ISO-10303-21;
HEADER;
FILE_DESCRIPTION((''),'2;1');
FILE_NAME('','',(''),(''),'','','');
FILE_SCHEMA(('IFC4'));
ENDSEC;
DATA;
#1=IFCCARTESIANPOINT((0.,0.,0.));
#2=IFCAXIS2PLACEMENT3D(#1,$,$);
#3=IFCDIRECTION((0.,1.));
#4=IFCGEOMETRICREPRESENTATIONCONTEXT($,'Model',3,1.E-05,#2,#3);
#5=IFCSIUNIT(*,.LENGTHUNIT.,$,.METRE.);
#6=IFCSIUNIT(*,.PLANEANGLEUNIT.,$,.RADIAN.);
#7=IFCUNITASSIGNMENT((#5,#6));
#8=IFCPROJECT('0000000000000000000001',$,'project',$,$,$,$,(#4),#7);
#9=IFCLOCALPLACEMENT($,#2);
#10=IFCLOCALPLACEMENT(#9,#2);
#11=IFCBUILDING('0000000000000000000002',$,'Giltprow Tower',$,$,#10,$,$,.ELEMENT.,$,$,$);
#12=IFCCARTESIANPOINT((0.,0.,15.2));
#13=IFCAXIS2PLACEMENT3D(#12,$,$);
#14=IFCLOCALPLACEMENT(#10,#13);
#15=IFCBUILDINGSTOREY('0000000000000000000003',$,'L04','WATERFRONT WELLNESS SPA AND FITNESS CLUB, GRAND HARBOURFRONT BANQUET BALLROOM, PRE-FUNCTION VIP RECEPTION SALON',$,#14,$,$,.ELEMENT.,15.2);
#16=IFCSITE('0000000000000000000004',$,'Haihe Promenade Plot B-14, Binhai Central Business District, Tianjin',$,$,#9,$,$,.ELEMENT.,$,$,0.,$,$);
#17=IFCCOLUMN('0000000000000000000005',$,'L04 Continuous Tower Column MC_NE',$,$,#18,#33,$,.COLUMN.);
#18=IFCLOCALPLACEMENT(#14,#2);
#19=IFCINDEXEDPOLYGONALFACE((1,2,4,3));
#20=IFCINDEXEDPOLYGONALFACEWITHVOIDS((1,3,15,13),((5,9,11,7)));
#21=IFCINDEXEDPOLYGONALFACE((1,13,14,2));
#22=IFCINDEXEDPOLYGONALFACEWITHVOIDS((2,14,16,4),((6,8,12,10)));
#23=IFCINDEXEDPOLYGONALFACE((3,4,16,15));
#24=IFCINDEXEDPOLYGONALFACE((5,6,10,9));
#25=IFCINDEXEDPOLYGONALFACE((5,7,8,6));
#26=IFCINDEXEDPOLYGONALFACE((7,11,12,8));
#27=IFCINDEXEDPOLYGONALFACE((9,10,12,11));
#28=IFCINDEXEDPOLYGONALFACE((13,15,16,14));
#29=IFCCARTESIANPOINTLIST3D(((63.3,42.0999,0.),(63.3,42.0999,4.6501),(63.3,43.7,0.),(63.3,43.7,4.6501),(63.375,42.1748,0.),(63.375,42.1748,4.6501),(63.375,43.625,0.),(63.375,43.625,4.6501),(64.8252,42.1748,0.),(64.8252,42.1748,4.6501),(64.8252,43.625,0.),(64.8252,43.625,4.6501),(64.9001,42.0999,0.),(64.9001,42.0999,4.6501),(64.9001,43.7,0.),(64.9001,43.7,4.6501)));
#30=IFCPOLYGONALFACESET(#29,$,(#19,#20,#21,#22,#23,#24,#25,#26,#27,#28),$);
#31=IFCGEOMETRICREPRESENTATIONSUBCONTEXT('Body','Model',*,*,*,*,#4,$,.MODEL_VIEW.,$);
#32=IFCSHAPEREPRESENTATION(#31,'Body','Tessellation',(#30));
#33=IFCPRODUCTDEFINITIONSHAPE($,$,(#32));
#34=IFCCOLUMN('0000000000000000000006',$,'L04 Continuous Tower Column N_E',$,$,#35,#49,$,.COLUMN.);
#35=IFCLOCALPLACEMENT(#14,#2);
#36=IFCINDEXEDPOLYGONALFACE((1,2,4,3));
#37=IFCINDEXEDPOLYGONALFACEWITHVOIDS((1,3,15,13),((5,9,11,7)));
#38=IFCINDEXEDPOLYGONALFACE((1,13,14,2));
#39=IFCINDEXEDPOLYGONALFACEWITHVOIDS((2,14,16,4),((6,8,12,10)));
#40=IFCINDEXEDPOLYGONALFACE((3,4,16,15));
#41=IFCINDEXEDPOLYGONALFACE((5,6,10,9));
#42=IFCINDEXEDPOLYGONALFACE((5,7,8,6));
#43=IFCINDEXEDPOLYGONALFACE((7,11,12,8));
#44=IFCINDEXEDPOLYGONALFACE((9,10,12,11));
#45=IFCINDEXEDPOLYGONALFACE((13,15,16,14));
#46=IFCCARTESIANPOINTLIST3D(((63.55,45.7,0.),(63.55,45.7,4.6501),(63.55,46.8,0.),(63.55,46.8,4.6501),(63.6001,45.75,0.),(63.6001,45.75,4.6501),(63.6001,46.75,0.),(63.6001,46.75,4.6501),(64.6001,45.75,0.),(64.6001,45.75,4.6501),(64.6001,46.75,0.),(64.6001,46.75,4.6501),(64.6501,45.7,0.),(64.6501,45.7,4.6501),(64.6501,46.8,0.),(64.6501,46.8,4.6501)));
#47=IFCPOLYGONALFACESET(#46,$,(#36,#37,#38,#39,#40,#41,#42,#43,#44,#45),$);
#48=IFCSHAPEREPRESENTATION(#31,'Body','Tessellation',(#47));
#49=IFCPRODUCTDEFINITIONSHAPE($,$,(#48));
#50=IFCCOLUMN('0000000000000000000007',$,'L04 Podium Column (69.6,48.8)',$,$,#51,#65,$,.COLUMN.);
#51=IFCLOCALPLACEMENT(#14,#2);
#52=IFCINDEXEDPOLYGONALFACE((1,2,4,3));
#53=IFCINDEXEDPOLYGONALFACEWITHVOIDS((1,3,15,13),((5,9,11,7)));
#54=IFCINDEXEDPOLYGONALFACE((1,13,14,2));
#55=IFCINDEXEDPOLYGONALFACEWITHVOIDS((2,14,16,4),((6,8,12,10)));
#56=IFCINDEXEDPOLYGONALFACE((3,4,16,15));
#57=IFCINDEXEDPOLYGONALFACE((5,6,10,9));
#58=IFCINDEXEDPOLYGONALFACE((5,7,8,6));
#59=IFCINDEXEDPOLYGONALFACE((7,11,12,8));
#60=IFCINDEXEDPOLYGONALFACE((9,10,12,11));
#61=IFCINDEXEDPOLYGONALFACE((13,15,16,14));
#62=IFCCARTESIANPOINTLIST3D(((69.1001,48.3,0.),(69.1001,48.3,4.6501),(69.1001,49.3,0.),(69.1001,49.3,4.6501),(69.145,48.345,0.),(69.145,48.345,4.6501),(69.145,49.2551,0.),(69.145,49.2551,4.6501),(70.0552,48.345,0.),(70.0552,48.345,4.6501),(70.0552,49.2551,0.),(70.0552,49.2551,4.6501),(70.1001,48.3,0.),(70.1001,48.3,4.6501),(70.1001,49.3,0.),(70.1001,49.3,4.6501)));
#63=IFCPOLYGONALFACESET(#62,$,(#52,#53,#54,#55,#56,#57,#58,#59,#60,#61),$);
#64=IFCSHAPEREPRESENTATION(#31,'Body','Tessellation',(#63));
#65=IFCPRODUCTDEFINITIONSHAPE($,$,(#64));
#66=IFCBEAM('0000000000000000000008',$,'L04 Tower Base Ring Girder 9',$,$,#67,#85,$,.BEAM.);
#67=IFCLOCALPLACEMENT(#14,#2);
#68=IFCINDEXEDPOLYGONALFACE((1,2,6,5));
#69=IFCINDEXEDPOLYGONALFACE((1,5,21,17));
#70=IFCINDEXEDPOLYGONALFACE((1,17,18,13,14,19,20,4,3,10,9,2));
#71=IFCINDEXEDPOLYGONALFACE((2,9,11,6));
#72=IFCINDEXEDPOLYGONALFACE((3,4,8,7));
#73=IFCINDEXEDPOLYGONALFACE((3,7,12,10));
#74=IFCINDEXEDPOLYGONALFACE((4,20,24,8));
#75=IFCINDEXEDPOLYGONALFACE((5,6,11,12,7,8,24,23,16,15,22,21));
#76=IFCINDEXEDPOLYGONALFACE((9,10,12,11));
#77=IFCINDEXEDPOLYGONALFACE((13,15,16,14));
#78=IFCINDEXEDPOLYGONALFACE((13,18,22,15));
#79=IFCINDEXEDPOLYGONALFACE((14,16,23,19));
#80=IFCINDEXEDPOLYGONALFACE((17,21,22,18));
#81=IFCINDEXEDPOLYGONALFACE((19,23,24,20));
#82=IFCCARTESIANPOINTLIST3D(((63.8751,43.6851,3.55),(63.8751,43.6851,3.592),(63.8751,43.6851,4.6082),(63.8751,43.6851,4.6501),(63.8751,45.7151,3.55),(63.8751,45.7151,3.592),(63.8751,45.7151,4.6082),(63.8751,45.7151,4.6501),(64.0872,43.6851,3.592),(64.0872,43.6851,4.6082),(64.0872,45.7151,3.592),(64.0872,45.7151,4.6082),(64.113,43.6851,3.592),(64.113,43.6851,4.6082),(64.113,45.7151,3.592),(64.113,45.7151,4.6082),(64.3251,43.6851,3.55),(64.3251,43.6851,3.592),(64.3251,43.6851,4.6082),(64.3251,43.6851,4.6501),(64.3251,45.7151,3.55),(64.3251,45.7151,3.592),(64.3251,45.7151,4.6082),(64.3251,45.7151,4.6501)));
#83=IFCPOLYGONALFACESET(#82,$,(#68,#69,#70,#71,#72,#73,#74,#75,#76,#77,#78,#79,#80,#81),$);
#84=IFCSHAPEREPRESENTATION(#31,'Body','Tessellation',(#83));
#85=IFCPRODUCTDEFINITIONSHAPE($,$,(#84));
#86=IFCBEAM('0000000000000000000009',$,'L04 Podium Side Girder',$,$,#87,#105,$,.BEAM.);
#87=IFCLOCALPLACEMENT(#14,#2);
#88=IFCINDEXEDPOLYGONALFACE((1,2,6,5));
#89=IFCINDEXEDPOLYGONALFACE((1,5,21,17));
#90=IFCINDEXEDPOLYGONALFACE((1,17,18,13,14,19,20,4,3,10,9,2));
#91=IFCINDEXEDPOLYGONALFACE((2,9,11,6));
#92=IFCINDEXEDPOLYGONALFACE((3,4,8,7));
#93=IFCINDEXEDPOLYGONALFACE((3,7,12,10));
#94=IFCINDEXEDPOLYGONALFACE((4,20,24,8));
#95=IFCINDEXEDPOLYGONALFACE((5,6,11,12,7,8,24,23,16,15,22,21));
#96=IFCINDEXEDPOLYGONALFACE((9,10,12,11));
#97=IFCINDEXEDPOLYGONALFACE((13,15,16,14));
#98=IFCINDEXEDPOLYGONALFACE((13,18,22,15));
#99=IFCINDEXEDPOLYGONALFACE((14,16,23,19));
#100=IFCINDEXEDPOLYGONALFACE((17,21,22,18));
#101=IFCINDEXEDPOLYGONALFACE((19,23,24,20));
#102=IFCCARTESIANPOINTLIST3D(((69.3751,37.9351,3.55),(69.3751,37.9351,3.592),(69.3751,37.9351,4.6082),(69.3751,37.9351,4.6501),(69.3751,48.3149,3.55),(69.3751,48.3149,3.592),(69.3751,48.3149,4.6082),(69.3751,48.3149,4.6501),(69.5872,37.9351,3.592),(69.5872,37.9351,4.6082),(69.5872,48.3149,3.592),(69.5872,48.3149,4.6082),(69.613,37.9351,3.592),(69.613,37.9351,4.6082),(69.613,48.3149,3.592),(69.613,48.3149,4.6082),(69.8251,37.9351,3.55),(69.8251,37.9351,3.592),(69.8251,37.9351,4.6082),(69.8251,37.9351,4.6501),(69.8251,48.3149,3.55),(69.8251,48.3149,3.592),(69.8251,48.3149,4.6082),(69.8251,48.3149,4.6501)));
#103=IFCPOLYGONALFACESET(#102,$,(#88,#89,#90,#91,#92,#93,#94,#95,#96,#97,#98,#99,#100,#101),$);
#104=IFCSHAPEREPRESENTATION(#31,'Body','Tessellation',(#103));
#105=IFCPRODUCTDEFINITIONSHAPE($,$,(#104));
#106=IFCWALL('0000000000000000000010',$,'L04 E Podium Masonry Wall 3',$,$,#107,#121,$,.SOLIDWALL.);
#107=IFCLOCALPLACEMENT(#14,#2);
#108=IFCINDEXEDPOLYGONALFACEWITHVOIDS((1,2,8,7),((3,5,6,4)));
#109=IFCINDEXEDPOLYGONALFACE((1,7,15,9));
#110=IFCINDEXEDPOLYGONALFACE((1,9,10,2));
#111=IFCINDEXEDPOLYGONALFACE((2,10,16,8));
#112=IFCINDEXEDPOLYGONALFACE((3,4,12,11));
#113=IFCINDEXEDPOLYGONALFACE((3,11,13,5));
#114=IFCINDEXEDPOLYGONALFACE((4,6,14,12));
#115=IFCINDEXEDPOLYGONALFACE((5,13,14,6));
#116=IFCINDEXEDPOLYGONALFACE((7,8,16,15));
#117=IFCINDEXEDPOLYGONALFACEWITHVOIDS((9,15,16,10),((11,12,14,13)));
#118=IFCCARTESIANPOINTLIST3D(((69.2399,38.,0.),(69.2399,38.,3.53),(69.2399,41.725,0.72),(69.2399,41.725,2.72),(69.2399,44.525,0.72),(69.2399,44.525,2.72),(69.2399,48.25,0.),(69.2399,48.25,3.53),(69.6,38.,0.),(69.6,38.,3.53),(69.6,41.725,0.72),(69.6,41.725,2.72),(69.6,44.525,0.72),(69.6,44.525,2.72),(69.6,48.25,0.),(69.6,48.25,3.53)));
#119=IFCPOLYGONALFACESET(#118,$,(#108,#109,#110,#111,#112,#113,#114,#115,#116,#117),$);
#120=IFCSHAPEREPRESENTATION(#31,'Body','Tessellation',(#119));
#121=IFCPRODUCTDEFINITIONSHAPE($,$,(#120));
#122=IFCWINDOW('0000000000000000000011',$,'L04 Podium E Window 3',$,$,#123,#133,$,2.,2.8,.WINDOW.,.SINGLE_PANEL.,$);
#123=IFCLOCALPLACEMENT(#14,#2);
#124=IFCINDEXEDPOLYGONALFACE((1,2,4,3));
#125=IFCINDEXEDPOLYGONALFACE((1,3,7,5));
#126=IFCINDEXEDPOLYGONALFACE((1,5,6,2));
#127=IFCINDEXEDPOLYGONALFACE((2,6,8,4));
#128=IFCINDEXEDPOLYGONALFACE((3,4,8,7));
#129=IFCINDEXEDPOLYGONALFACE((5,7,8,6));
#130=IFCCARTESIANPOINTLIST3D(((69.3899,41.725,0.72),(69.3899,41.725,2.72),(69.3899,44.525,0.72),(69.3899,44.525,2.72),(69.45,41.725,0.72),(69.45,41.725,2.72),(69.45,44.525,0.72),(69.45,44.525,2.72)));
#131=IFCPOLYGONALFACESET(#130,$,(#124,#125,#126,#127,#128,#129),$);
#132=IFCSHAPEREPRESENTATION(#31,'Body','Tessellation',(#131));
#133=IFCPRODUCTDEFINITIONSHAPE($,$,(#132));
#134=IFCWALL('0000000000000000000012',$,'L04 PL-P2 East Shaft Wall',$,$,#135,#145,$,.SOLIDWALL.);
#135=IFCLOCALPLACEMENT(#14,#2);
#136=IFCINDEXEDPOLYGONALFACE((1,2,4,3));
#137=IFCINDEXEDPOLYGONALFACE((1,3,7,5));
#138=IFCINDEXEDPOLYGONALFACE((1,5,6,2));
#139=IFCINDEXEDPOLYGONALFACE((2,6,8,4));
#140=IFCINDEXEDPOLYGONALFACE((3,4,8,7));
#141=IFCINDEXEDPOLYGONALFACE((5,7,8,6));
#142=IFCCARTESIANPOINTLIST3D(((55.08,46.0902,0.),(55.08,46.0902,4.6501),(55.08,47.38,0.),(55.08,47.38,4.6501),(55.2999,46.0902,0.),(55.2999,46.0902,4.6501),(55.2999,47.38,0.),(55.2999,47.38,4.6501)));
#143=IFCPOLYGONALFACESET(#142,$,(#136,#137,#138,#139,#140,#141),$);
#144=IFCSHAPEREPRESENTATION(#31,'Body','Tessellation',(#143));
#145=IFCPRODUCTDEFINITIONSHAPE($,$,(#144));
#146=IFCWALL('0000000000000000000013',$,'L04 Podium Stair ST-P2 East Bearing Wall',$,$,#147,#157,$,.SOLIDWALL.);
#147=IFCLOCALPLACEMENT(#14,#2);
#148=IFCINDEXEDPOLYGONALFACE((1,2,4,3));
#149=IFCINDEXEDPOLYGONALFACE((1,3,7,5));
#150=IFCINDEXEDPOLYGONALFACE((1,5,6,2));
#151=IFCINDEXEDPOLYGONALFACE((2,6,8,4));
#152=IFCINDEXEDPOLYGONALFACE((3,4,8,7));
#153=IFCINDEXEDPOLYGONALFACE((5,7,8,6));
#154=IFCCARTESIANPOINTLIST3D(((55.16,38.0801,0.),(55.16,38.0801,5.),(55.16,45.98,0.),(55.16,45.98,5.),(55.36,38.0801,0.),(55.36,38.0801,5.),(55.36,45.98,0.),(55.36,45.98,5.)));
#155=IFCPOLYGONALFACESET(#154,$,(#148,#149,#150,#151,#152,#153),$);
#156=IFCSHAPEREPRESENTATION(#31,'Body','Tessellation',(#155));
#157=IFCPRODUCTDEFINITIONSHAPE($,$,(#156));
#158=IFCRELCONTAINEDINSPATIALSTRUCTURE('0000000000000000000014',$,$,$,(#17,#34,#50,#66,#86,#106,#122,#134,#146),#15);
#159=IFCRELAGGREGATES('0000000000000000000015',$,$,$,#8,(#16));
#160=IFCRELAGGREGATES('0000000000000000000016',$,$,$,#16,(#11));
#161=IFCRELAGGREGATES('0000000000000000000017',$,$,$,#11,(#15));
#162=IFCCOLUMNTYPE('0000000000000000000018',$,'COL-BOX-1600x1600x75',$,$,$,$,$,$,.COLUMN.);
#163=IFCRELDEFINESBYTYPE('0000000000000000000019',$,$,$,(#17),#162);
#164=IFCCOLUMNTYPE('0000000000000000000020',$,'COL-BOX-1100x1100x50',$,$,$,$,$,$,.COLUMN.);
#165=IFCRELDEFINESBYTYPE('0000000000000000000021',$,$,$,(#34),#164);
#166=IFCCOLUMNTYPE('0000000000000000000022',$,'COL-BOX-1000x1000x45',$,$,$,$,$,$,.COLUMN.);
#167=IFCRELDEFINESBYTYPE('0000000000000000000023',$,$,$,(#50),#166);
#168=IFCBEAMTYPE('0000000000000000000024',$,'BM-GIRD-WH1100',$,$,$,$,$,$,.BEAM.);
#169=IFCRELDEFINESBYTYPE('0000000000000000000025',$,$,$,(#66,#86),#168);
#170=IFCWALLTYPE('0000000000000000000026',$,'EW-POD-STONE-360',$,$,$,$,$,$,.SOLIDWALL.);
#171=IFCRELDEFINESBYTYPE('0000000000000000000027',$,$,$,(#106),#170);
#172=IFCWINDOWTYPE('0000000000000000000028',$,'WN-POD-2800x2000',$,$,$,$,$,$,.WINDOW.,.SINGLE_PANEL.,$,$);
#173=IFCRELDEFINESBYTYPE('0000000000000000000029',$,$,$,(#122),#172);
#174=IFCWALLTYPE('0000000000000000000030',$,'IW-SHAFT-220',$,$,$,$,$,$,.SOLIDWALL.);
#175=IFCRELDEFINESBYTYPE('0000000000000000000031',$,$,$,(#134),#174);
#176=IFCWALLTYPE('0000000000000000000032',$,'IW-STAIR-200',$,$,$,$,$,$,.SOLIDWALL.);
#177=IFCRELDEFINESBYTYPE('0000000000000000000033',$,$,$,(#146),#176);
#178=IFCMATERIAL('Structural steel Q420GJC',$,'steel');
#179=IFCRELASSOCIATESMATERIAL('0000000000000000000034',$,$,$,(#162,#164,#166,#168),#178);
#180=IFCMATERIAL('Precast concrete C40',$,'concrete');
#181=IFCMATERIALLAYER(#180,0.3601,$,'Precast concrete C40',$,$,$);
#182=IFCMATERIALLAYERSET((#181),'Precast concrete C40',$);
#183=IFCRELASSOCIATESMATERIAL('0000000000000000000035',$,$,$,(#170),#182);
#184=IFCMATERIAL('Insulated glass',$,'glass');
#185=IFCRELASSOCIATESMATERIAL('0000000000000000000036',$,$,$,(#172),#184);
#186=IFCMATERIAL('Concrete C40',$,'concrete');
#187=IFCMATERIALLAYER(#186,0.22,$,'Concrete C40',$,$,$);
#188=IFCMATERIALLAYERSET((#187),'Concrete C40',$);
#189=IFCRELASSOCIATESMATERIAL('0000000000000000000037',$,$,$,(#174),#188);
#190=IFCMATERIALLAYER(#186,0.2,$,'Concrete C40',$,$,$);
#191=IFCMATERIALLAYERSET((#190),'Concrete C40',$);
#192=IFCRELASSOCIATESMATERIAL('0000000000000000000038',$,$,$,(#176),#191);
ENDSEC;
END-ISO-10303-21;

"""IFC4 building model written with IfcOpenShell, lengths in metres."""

from ifc_helpers import new_model, si_unit, direction, frame, frame_2d, origin, origin_2d, place, context, subcontext, project, spatial, rectangle, hollow_rectangle, i_section, extrude, source, transform, mapped, material, layer, layer_set, material_profile, profile_set, type_object, element, fill, save


model = new_model("IFC4")

# Units and contexts
model_context = context("Model", 3, precision=1e-05, world=origin(), true_north=direction((0.0, 1.0)))
body_context = subcontext(model_context, "Body", "Model", "MODEL_VIEW")
ifc_project = project(units=[si_unit("LENGTHUNIT", "METRE"), si_unit("PLANEANGLEUNIT", "RADIAN")], contexts=[model_context])

# Site, building, storey
site_placement = place(None, origin())
site = spatial("IfcSite", under=ifc_project, at=site_placement, Name="Haihe Promenade Plot B-14, Binhai Central Business District, Tianjin", CompositionType="ELEMENT", RefElevation=0.0)
building_placement = place(site_placement, origin())
building = spatial("IfcBuilding", under=site, at=building_placement, Name="Giltprow Tower", CompositionType="ELEMENT")
storey_placement = place(building_placement, frame((0.0, 0.0, 15.2)))
storey = spatial("IfcBuildingStorey", under=building, at=storey_placement, Name="L04", Description="WATERFRONT WELLNESS SPA AND FITNESS CLUB, GRAND HARBOURFRONT BANQUET BALLROOM, PRE-FUNCTION VIP RECEPTION SALON", CompositionType="ELEMENT", Elevation=15.2)

# Columns
ifc_material_1 = material(Name="Structural steel Q420GJC", Category="steel")
ifc_material_profile_1 = material_profile(ifc_material_1, hollow_rectangle(XDim=1.6001, YDim=1.6001, WallThickness=0.075, at=origin_2d()), Name="BOX 1600x1600x75")
ifc_profile_set_1 = profile_set([ifc_material_profile_1], Name="Structural steel Q420GJC")
column_type_1 = type_object("IfcColumnType", Name="COL-BOX-1600x1600x75", PredefinedType="COLUMN", material=ifc_profile_set_1)
shared_shape_1 = source(origin(), body_context, "Body", "SweptSolid", [
    extrude(hollow_rectangle(XDim=1.6001, YDim=1.6001, WallThickness=0.075, at=origin_2d()), origin(), (0.0, 0.0, 1.0), 4.6501),
])
column_1_placement = place(storey_placement, frame((64.1001, 42.8999, 0.0), z_axis=(0.0, 0.0, 1.0), x_axis=(1.0, 0.0, 0.0)))
element("IfcColumn", 1, at=column_1_placement, inside=storey, type_object=column_type_1, Name="L04 Continuous Tower Column MC_NE", PredefinedType="COLUMN", context=body_context, shape_type="MappedRepresentation", body=[
    mapped(shared_shape_1, transform((0.0, 0.0, 0.0), x_axis=(1.0, 0.0, 0.0), y_axis=(0.0, 1.0, 0.0), z_axis=(0.0, 0.0, 1.0), scale=1.0)),
])
ifc_material_profile_2 = material_profile(ifc_material_1, hollow_rectangle(XDim=1.1001, YDim=1.1001, WallThickness=0.05, at=origin_2d()), Name="BOX 1100x1100x50")
ifc_profile_set_2 = profile_set([ifc_material_profile_2], Name="Structural steel Q420GJC")
column_type_2 = type_object("IfcColumnType", Name="COL-BOX-1100x1100x50", PredefinedType="COLUMN", material=ifc_profile_set_2)
shared_shape_2 = source(origin(), body_context, "Body", "SweptSolid", [
    extrude(hollow_rectangle(XDim=1.1001, YDim=1.1001, WallThickness=0.05, at=origin_2d()), origin(), (0.0, 0.0, 1.0), 4.6501),
])
column_2_placement = place(storey_placement, frame((64.1001, 46.25, 0.0), z_axis=(0.0, 0.0, 1.0), x_axis=(1.0, 0.0, 0.0)))
element("IfcColumn", 2, at=column_2_placement, inside=storey, type_object=column_type_2, Name="L04 Continuous Tower Column N_E", PredefinedType="COLUMN", context=body_context, shape_type="MappedRepresentation", body=[
    mapped(shared_shape_2, transform((0.0, 0.0, 0.0), x_axis=(1.0, 0.0, 0.0), y_axis=(0.0, 1.0, 0.0), z_axis=(0.0, 0.0, 1.0), scale=1.0)),
])
ifc_material_profile_3 = material_profile(ifc_material_1, hollow_rectangle(XDim=1.0, YDim=1.0, WallThickness=0.0449, at=origin_2d()), Name="BOX 1000x1000x45")
ifc_profile_set_3 = profile_set([ifc_material_profile_3], Name="Structural steel Q420GJC")
column_type_3 = type_object("IfcColumnType", Name="COL-BOX-1000x1000x45", PredefinedType="COLUMN", material=ifc_profile_set_3)
shared_shape_3 = source(origin(), body_context, "Body", "SweptSolid", [
    extrude(hollow_rectangle(XDim=1.0, YDim=1.0, WallThickness=0.0449, at=origin_2d()), origin(), (0.0, 0.0, 1.0), 4.6501),
])
column_3_placement = place(storey_placement, frame((69.6001, 48.8, 0.0), z_axis=(0.0, 0.0, 1.0), x_axis=(1.0, 0.0, 0.0)))
element("IfcColumn", 3, at=column_3_placement, inside=storey, type_object=column_type_3, Name="L04 Podium Column (69.6,48.8)", PredefinedType="COLUMN", context=body_context, shape_type="MappedRepresentation", body=[
    mapped(shared_shape_3, transform((0.0, 0.0, 0.0), x_axis=(1.0, 0.0, 0.0), y_axis=(0.0, 1.0, 0.0), z_axis=(0.0, 0.0, 1.0), scale=1.0)),
])

# Beams
ifc_material_profile_4 = material_profile(ifc_material_1, i_section(OverallWidth=0.45, OverallDepth=1.1001, WebThickness=0.0259, FlangeThickness=0.042, at=origin_2d()), Name="WH 1100x450x26x42")
ifc_profile_set_4 = profile_set([ifc_material_profile_4], Name="Structural steel Q420GJC")
beam_type = type_object("IfcBeamType", Name="BM-GIRD-WH1100", PredefinedType="BEAM", material=ifc_profile_set_4)
shared_shape_4 = source(origin(), body_context, "Body", "SweptSolid", [
    extrude(i_section(OverallWidth=0.45, OverallDepth=1.1001, WebThickness=0.0259, FlangeThickness=0.042, at=origin_2d()), origin(), (0.0, 0.0, 1.0), 2.03),
])
beam_1_placement = place(storey_placement, frame((64.1001, 43.6851, 4.1001), z_axis=(0.0, 1.0, 0.0), x_axis=(-1.0, 0.0, 0.0)))
element("IfcBeam", 4, at=beam_1_placement, inside=storey, type_object=beam_type, Name="L04 Tower Base Ring Girder 9", PredefinedType="BEAM", context=body_context, shape_type="MappedRepresentation", body=[
    mapped(shared_shape_4, transform((0.0, 0.0, 0.0), x_axis=(1.0, 0.0, 0.0), y_axis=(0.0, 1.0, 0.0), z_axis=(0.0, 0.0, 1.0), scale=1.0)),
])
shared_shape_5 = source(origin(), body_context, "Body", "SweptSolid", [
    extrude(i_section(OverallWidth=0.45, OverallDepth=1.1001, WebThickness=0.0259, FlangeThickness=0.042, at=origin_2d()), origin(), (0.0, 0.0, 1.0), 10.3799),
])
beam_2_placement = place(storey_placement, frame((69.6001, 37.9351, 4.1001), z_axis=(0.0, 1.0, 0.0), x_axis=(-1.0, 0.0, 0.0)))
element("IfcBeam", 5, at=beam_2_placement, inside=storey, type_object=beam_type, Name="L04 Podium Side Girder", PredefinedType="BEAM", context=body_context, shape_type="MappedRepresentation", body=[
    mapped(shared_shape_5, transform((0.0, 0.0, 0.0), x_axis=(1.0, 0.0, 0.0), y_axis=(0.0, 1.0, 0.0), z_axis=(0.0, 0.0, 1.0), scale=1.0)),
])

# Wall, opening, window
ifc_material_2 = material(Name="Precast concrete C40", Category="concrete")
ifc_layer_1 = layer(ifc_material_2, 0.3601, Name="Precast concrete C40")
ifc_layer_set_1 = layer_set([ifc_layer_1], Name="Precast concrete C40")
wall_type_1 = type_object("IfcWallType", Name="EW-POD-STONE-360", PredefinedType="SOLIDWALL", material=ifc_layer_set_1)
wall_1_placement = place(storey_placement, frame((69.4199, 38.0, 0.0), z_axis=(0.0, 0.0, 1.0), x_axis=(0.0, 1.0, 0.0)))
wall_1 = element("IfcWall", 6, at=wall_1_placement, inside=storey, type_object=wall_type_1, Name="L04 E Podium Masonry Wall 3", PredefinedType="SOLIDWALL", context=body_context, shape_type="SweptSolid", body=[
    extrude(rectangle(XDim=10.25, YDim=0.3601, at=frame_2d((5.125, 0.0))), origin(), (0.0, 0.0, 1.0), 3.53),
])
opening_1_placement = place(wall_1_placement, frame((3.7251, 0.0, 0.72)))
opening_1 = element("IfcOpeningElement", 7, at=opening_1_placement, cuts=wall_1, PredefinedType="OPENING", context=body_context, shape_type="SweptSolid", body=[
    extrude(rectangle(XDim=2.8, YDim=2.0, at=frame_2d((1.3999, 1.0))), frame((0.0, 0.1899, 0.0), z_axis=(0.0, -1.0, 0.0), x_axis=(1.0, 0.0, 0.0)), (0.0, 0.0, 1.0), 0.3801),
])
ifc_material_3 = material(Name="Insulated glass", Category="glass")
window_type = type_object("IfcWindowType", Name="WN-POD-2800x2000", PartitioningType="SINGLE_PANEL", PredefinedType="WINDOW", material=ifc_material_3)
shared_shape_6 = source(origin(), body_context, "Body", "SweptSolid", [
    extrude(rectangle(XDim=2.8, YDim=2.0, at=frame_2d((1.3999, 1.0))), frame((0.0, 0.03, 0.0), z_axis=(0.0, -1.0, 0.0), x_axis=(1.0, 0.0, 0.0)), (0.0, 0.0, 1.0), 0.0601),
])
window_placement = place(opening_1_placement, origin())
window = element("IfcWindow", 8, at=window_placement, inside=storey, type_object=window_type, Name="L04 Podium E Window 3", OverallHeight=2.0, OverallWidth=2.8, PartitioningType="SINGLE_PANEL", PredefinedType="WINDOW", context=body_context, shape_type="MappedRepresentation", body=[
    mapped(shared_shape_6, transform((0.0, 0.0, 0.0), x_axis=(1.0, 0.0, 0.0), y_axis=(0.0, 1.0, 0.0), z_axis=(0.0, 0.0, 1.0), scale=1.0)),
])
fill(opening_1, window)

# Walls
ifc_material_4 = material(Name="Concrete C40", Category="concrete")
ifc_layer_2 = layer(ifc_material_4, 0.22, Name="Concrete C40")
ifc_layer_set_2 = layer_set([ifc_layer_2], Name="Concrete C40")
wall_type_2 = type_object("IfcWallType", Name="IW-SHAFT-220", PredefinedType="SOLIDWALL", material=ifc_layer_set_2)
wall_2_placement = place(storey_placement, frame((55.1899, 46.0901, 0.0), z_axis=(0.0, 0.0, 1.0), x_axis=(0.0, 1.0, 0.0)))
element("IfcWall", 9, at=wall_2_placement, inside=storey, type_object=wall_type_2, Name="L04 PL-P2 East Shaft Wall", PredefinedType="SOLIDWALL", context=body_context, shape_type="SweptSolid", body=[
    extrude(rectangle(XDim=1.2898, YDim=0.22, at=frame_2d((0.645, 0.0))), origin(), (0.0, 0.0, 1.0), 4.6501),
])
ifc_layer_3 = layer(ifc_material_4, 0.2, Name="Concrete C40")
ifc_layer_set_3 = layer_set([ifc_layer_3], Name="Concrete C40")
wall_type_3 = type_object("IfcWallType", Name="IW-STAIR-200", PredefinedType="SOLIDWALL", material=ifc_layer_set_3)
wall_3_placement = place(storey_placement, frame((55.26, 38.0801, 0.0), z_axis=(0.0, 0.0, 1.0), x_axis=(0.0, 1.0, 0.0)))
element("IfcWall", 10, at=wall_3_placement, inside=storey, type_object=wall_type_3, Name="L04 Podium Stair ST-P2 East Bearing Wall", PredefinedType="SOLIDWALL", context=body_context, shape_type="SweptSolid", body=[
    extrude(rectangle(XDim=7.8999, YDim=0.2, at=frame_2d((3.95, 0.0))), origin(), (0.0, 0.0, 1.0), 5.0),
])

save(model, "model.ifc")
